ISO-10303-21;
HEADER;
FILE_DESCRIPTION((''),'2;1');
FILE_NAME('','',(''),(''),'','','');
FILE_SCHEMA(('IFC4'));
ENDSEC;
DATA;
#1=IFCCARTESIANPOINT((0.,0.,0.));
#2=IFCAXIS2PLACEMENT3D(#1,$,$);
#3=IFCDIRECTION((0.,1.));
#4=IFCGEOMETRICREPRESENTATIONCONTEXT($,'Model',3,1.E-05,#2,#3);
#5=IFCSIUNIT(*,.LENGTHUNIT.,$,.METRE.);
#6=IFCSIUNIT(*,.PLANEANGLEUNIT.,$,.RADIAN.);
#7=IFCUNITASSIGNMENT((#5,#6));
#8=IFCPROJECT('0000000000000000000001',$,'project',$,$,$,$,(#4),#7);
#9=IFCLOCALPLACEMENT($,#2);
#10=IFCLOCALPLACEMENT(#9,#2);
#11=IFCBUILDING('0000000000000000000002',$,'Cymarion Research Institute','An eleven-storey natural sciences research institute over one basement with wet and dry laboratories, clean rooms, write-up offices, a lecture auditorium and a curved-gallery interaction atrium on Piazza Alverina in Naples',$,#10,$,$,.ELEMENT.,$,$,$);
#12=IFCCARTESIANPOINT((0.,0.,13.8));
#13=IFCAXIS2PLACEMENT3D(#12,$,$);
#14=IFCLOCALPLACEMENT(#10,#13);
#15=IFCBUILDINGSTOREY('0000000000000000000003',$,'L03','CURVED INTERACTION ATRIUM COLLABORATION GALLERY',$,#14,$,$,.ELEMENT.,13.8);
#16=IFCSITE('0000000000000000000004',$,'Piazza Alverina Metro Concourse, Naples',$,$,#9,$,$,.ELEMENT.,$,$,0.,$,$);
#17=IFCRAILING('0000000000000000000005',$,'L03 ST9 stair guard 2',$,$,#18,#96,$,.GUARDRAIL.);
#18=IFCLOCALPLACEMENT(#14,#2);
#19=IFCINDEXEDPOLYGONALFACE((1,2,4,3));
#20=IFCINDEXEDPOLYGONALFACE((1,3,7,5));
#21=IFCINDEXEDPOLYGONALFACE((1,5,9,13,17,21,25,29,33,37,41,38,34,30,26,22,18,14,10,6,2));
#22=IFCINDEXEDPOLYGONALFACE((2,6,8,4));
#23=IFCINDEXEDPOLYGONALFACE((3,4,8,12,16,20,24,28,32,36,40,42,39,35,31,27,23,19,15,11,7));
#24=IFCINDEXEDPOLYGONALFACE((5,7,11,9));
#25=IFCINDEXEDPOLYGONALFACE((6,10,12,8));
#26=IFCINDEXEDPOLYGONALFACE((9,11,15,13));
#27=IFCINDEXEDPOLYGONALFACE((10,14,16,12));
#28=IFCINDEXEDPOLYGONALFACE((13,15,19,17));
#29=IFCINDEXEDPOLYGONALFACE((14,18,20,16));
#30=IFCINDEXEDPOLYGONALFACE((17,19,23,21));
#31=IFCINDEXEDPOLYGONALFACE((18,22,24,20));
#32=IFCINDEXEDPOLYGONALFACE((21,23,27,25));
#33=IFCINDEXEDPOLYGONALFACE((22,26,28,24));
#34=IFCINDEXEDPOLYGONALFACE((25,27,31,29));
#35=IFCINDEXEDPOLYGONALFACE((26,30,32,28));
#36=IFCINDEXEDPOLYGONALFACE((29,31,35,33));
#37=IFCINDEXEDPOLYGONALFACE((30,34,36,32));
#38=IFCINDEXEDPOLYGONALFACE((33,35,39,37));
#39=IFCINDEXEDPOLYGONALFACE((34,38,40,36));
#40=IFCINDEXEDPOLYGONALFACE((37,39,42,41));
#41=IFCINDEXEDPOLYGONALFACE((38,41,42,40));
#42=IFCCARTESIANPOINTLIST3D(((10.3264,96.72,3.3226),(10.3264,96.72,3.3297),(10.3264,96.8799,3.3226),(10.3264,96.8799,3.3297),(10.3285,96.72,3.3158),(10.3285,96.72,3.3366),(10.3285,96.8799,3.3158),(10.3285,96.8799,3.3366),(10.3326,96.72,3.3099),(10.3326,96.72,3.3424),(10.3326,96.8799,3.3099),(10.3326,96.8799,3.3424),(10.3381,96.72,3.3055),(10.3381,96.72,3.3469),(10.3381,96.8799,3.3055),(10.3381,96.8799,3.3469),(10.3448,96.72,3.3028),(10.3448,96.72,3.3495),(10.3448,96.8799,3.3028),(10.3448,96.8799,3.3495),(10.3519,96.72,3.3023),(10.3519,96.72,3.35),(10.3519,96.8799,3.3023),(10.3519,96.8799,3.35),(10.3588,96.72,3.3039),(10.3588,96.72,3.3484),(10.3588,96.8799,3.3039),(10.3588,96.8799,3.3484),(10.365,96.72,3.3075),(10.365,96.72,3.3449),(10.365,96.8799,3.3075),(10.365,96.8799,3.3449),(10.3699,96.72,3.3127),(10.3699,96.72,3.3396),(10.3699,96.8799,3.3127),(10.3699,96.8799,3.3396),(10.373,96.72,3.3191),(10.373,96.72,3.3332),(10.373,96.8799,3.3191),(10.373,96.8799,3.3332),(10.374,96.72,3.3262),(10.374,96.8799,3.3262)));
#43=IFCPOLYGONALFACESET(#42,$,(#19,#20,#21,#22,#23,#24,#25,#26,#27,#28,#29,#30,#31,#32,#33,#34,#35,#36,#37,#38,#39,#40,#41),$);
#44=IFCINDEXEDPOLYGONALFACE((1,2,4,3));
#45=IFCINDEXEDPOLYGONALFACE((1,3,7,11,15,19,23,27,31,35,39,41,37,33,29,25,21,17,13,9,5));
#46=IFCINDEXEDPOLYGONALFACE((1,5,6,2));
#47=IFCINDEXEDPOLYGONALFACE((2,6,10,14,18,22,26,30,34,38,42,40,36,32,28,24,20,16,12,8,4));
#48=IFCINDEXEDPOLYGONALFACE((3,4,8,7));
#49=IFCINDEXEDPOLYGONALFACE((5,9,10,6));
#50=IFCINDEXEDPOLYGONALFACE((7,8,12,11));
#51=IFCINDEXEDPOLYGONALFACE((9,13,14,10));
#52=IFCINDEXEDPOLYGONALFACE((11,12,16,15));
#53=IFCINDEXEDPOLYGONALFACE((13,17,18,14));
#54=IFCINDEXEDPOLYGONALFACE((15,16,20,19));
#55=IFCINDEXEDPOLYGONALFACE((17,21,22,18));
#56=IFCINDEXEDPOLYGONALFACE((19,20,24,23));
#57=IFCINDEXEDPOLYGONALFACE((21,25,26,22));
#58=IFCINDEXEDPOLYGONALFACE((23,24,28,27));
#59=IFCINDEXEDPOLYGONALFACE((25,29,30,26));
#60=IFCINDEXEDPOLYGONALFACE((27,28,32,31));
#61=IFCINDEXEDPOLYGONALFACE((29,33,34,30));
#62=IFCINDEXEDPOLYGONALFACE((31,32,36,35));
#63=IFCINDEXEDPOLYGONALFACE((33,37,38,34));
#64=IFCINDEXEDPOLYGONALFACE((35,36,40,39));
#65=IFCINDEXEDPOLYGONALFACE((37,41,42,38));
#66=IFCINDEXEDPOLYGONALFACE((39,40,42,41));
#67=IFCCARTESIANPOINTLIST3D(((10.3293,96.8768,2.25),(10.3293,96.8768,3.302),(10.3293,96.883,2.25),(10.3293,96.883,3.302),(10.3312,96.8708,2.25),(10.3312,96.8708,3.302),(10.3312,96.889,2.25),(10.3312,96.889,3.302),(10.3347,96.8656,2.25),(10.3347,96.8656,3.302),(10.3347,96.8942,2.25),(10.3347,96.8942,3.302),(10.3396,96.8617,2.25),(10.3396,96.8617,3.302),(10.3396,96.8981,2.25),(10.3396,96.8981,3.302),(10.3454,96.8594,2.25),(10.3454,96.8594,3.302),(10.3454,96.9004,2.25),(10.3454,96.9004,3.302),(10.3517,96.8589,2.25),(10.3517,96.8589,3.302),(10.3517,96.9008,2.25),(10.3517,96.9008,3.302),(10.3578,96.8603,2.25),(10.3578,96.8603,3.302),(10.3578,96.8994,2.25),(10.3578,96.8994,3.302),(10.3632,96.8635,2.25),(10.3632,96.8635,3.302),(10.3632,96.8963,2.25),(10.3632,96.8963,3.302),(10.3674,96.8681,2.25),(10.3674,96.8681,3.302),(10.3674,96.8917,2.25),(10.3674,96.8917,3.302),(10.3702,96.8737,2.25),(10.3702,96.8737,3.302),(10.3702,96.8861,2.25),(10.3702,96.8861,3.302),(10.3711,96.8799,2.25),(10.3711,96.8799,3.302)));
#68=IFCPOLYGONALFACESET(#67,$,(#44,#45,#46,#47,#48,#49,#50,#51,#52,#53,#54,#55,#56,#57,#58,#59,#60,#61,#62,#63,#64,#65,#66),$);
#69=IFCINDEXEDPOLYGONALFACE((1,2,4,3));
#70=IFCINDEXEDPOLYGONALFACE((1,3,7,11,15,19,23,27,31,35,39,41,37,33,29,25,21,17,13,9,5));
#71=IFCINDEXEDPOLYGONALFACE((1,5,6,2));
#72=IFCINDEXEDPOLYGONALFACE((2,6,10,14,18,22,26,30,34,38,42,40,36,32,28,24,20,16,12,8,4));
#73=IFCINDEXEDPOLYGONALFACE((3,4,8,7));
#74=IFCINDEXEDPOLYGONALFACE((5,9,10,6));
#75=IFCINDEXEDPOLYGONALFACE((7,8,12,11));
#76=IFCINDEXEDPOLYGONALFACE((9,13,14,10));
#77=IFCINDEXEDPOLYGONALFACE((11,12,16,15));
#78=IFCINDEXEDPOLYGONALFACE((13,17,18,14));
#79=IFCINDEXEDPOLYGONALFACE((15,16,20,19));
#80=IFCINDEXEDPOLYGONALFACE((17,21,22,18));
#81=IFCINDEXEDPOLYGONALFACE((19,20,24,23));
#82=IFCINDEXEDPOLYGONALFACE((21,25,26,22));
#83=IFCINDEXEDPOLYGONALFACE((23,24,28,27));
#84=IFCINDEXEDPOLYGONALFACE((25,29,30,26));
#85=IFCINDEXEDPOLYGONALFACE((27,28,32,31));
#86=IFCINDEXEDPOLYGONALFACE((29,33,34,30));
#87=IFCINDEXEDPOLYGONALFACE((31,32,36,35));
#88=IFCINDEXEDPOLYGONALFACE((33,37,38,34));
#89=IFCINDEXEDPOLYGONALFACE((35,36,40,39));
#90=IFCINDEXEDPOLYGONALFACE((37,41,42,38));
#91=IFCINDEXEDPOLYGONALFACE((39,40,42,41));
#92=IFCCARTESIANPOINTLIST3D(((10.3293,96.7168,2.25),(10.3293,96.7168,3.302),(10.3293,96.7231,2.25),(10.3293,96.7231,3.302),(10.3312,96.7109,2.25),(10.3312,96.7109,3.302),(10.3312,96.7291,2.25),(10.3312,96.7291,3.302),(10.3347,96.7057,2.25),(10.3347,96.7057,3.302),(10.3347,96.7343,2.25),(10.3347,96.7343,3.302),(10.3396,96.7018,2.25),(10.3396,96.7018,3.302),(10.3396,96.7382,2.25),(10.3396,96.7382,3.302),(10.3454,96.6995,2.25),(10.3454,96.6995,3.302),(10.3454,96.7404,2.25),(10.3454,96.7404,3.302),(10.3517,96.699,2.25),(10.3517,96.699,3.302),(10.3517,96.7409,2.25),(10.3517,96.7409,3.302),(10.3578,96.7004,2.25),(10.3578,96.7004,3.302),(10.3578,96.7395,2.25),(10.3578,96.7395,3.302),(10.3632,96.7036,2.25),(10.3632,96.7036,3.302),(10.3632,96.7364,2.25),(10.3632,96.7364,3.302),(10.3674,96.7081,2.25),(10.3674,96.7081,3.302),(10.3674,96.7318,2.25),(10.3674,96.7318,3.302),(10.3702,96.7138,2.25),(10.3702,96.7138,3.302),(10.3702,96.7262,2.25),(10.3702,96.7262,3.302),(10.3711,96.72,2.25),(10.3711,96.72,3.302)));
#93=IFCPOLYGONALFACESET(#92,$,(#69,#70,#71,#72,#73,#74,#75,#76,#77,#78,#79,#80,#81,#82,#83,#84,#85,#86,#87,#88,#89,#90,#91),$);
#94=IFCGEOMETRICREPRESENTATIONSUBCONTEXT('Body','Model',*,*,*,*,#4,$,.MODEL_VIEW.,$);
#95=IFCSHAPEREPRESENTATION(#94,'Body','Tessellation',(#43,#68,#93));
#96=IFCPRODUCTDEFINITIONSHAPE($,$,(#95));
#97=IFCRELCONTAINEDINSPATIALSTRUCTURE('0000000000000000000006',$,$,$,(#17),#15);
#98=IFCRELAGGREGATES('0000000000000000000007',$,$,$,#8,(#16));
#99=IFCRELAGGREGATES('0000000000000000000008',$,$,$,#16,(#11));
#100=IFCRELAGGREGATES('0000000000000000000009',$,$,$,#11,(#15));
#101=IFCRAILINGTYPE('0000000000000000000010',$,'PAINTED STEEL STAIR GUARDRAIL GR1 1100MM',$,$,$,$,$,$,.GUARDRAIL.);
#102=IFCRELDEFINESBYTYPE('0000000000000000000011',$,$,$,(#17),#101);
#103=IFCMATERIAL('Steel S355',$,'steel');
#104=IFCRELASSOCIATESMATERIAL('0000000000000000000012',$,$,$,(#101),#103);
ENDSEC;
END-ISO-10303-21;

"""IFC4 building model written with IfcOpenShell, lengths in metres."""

from ifc_helpers import new_model, si_unit, direction, frame, origin, origin_2d, place, context, subcontext, project, spatial, circle, extrude, material, type_object, element, save


model = new_model("IFC4")

# Units and contexts
model_context = context("Model", 3, precision=1e-05, world=origin(), true_north=direction((0.0, 1.0)))
body_context = subcontext(model_context, "Body", "Model", "MODEL_VIEW")
ifc_project = project(units=[si_unit("LENGTHUNIT", "METRE"), si_unit("PLANEANGLEUNIT", "RADIAN")], contexts=[model_context])

# Site, building, storey
site_placement = place(None, origin())
site = spatial("IfcSite", under=ifc_project, at=site_placement, Name="Piazza Alverina Metro Concourse, Naples", CompositionType="ELEMENT", RefElevation=0.0)
building_placement = place(site_placement, origin())
building = spatial("IfcBuilding", under=site, at=building_placement, Name="Cymarion Research Institute", Description="An eleven-storey natural sciences research institute over one basement with wet and dry laboratories, clean rooms, write-up offices, a lecture auditorium and a curved-gallery interaction atrium on Piazza Alverina in Naples", CompositionType="ELEMENT")
storey_placement = place(building_placement, frame((0.0, 0.0, 13.8)))
storey = spatial("IfcBuildingStorey", under=building, at=storey_placement, Name="L03", Description="CURVED INTERACTION ATRIUM COLLABORATION GALLERY", CompositionType="ELEMENT", Elevation=13.8)

# Shared definitions
ifc_material_1 = material(Name="Steel S355", Category="steel")

# Railing
railing_type_1 = type_object("IfcRailingType", Name="PAINTED STEEL STAIR GUARDRAIL GR1 1100MM", PredefinedType="GUARDRAIL", material=ifc_material_1)
railing_1_placement = place(storey_placement, frame((10.3501, 96.8799, 2.25)))
element("IfcRailing", 1, at=railing_1_placement, inside=storey, type_object=railing_type_1, Name="L03 ST9 stair guard 2", PredefinedType="GUARDRAIL", context=body_context, shape_type="SweptSolid", body=[
    extrude(circle(Radius=0.0239, at=origin_2d()), frame((0.0, 0.0, 1.0762), z_axis=(0.0, -1.0, 0.0), x_axis=(1.0, 0.0, 0.0)), (0.0, 0.0, 1.0), 0.1599),
    extrude(circle(Radius=0.021, at=origin_2d()), origin(), (0.0, 0.0, 1.0), 1.052),
    extrude(circle(Radius=0.021, at=origin_2d()), frame((0.0, -0.1599, 0.0)), (0.0, 0.0, 1.0), 1.052),
])

save(model, "model.ifc")
